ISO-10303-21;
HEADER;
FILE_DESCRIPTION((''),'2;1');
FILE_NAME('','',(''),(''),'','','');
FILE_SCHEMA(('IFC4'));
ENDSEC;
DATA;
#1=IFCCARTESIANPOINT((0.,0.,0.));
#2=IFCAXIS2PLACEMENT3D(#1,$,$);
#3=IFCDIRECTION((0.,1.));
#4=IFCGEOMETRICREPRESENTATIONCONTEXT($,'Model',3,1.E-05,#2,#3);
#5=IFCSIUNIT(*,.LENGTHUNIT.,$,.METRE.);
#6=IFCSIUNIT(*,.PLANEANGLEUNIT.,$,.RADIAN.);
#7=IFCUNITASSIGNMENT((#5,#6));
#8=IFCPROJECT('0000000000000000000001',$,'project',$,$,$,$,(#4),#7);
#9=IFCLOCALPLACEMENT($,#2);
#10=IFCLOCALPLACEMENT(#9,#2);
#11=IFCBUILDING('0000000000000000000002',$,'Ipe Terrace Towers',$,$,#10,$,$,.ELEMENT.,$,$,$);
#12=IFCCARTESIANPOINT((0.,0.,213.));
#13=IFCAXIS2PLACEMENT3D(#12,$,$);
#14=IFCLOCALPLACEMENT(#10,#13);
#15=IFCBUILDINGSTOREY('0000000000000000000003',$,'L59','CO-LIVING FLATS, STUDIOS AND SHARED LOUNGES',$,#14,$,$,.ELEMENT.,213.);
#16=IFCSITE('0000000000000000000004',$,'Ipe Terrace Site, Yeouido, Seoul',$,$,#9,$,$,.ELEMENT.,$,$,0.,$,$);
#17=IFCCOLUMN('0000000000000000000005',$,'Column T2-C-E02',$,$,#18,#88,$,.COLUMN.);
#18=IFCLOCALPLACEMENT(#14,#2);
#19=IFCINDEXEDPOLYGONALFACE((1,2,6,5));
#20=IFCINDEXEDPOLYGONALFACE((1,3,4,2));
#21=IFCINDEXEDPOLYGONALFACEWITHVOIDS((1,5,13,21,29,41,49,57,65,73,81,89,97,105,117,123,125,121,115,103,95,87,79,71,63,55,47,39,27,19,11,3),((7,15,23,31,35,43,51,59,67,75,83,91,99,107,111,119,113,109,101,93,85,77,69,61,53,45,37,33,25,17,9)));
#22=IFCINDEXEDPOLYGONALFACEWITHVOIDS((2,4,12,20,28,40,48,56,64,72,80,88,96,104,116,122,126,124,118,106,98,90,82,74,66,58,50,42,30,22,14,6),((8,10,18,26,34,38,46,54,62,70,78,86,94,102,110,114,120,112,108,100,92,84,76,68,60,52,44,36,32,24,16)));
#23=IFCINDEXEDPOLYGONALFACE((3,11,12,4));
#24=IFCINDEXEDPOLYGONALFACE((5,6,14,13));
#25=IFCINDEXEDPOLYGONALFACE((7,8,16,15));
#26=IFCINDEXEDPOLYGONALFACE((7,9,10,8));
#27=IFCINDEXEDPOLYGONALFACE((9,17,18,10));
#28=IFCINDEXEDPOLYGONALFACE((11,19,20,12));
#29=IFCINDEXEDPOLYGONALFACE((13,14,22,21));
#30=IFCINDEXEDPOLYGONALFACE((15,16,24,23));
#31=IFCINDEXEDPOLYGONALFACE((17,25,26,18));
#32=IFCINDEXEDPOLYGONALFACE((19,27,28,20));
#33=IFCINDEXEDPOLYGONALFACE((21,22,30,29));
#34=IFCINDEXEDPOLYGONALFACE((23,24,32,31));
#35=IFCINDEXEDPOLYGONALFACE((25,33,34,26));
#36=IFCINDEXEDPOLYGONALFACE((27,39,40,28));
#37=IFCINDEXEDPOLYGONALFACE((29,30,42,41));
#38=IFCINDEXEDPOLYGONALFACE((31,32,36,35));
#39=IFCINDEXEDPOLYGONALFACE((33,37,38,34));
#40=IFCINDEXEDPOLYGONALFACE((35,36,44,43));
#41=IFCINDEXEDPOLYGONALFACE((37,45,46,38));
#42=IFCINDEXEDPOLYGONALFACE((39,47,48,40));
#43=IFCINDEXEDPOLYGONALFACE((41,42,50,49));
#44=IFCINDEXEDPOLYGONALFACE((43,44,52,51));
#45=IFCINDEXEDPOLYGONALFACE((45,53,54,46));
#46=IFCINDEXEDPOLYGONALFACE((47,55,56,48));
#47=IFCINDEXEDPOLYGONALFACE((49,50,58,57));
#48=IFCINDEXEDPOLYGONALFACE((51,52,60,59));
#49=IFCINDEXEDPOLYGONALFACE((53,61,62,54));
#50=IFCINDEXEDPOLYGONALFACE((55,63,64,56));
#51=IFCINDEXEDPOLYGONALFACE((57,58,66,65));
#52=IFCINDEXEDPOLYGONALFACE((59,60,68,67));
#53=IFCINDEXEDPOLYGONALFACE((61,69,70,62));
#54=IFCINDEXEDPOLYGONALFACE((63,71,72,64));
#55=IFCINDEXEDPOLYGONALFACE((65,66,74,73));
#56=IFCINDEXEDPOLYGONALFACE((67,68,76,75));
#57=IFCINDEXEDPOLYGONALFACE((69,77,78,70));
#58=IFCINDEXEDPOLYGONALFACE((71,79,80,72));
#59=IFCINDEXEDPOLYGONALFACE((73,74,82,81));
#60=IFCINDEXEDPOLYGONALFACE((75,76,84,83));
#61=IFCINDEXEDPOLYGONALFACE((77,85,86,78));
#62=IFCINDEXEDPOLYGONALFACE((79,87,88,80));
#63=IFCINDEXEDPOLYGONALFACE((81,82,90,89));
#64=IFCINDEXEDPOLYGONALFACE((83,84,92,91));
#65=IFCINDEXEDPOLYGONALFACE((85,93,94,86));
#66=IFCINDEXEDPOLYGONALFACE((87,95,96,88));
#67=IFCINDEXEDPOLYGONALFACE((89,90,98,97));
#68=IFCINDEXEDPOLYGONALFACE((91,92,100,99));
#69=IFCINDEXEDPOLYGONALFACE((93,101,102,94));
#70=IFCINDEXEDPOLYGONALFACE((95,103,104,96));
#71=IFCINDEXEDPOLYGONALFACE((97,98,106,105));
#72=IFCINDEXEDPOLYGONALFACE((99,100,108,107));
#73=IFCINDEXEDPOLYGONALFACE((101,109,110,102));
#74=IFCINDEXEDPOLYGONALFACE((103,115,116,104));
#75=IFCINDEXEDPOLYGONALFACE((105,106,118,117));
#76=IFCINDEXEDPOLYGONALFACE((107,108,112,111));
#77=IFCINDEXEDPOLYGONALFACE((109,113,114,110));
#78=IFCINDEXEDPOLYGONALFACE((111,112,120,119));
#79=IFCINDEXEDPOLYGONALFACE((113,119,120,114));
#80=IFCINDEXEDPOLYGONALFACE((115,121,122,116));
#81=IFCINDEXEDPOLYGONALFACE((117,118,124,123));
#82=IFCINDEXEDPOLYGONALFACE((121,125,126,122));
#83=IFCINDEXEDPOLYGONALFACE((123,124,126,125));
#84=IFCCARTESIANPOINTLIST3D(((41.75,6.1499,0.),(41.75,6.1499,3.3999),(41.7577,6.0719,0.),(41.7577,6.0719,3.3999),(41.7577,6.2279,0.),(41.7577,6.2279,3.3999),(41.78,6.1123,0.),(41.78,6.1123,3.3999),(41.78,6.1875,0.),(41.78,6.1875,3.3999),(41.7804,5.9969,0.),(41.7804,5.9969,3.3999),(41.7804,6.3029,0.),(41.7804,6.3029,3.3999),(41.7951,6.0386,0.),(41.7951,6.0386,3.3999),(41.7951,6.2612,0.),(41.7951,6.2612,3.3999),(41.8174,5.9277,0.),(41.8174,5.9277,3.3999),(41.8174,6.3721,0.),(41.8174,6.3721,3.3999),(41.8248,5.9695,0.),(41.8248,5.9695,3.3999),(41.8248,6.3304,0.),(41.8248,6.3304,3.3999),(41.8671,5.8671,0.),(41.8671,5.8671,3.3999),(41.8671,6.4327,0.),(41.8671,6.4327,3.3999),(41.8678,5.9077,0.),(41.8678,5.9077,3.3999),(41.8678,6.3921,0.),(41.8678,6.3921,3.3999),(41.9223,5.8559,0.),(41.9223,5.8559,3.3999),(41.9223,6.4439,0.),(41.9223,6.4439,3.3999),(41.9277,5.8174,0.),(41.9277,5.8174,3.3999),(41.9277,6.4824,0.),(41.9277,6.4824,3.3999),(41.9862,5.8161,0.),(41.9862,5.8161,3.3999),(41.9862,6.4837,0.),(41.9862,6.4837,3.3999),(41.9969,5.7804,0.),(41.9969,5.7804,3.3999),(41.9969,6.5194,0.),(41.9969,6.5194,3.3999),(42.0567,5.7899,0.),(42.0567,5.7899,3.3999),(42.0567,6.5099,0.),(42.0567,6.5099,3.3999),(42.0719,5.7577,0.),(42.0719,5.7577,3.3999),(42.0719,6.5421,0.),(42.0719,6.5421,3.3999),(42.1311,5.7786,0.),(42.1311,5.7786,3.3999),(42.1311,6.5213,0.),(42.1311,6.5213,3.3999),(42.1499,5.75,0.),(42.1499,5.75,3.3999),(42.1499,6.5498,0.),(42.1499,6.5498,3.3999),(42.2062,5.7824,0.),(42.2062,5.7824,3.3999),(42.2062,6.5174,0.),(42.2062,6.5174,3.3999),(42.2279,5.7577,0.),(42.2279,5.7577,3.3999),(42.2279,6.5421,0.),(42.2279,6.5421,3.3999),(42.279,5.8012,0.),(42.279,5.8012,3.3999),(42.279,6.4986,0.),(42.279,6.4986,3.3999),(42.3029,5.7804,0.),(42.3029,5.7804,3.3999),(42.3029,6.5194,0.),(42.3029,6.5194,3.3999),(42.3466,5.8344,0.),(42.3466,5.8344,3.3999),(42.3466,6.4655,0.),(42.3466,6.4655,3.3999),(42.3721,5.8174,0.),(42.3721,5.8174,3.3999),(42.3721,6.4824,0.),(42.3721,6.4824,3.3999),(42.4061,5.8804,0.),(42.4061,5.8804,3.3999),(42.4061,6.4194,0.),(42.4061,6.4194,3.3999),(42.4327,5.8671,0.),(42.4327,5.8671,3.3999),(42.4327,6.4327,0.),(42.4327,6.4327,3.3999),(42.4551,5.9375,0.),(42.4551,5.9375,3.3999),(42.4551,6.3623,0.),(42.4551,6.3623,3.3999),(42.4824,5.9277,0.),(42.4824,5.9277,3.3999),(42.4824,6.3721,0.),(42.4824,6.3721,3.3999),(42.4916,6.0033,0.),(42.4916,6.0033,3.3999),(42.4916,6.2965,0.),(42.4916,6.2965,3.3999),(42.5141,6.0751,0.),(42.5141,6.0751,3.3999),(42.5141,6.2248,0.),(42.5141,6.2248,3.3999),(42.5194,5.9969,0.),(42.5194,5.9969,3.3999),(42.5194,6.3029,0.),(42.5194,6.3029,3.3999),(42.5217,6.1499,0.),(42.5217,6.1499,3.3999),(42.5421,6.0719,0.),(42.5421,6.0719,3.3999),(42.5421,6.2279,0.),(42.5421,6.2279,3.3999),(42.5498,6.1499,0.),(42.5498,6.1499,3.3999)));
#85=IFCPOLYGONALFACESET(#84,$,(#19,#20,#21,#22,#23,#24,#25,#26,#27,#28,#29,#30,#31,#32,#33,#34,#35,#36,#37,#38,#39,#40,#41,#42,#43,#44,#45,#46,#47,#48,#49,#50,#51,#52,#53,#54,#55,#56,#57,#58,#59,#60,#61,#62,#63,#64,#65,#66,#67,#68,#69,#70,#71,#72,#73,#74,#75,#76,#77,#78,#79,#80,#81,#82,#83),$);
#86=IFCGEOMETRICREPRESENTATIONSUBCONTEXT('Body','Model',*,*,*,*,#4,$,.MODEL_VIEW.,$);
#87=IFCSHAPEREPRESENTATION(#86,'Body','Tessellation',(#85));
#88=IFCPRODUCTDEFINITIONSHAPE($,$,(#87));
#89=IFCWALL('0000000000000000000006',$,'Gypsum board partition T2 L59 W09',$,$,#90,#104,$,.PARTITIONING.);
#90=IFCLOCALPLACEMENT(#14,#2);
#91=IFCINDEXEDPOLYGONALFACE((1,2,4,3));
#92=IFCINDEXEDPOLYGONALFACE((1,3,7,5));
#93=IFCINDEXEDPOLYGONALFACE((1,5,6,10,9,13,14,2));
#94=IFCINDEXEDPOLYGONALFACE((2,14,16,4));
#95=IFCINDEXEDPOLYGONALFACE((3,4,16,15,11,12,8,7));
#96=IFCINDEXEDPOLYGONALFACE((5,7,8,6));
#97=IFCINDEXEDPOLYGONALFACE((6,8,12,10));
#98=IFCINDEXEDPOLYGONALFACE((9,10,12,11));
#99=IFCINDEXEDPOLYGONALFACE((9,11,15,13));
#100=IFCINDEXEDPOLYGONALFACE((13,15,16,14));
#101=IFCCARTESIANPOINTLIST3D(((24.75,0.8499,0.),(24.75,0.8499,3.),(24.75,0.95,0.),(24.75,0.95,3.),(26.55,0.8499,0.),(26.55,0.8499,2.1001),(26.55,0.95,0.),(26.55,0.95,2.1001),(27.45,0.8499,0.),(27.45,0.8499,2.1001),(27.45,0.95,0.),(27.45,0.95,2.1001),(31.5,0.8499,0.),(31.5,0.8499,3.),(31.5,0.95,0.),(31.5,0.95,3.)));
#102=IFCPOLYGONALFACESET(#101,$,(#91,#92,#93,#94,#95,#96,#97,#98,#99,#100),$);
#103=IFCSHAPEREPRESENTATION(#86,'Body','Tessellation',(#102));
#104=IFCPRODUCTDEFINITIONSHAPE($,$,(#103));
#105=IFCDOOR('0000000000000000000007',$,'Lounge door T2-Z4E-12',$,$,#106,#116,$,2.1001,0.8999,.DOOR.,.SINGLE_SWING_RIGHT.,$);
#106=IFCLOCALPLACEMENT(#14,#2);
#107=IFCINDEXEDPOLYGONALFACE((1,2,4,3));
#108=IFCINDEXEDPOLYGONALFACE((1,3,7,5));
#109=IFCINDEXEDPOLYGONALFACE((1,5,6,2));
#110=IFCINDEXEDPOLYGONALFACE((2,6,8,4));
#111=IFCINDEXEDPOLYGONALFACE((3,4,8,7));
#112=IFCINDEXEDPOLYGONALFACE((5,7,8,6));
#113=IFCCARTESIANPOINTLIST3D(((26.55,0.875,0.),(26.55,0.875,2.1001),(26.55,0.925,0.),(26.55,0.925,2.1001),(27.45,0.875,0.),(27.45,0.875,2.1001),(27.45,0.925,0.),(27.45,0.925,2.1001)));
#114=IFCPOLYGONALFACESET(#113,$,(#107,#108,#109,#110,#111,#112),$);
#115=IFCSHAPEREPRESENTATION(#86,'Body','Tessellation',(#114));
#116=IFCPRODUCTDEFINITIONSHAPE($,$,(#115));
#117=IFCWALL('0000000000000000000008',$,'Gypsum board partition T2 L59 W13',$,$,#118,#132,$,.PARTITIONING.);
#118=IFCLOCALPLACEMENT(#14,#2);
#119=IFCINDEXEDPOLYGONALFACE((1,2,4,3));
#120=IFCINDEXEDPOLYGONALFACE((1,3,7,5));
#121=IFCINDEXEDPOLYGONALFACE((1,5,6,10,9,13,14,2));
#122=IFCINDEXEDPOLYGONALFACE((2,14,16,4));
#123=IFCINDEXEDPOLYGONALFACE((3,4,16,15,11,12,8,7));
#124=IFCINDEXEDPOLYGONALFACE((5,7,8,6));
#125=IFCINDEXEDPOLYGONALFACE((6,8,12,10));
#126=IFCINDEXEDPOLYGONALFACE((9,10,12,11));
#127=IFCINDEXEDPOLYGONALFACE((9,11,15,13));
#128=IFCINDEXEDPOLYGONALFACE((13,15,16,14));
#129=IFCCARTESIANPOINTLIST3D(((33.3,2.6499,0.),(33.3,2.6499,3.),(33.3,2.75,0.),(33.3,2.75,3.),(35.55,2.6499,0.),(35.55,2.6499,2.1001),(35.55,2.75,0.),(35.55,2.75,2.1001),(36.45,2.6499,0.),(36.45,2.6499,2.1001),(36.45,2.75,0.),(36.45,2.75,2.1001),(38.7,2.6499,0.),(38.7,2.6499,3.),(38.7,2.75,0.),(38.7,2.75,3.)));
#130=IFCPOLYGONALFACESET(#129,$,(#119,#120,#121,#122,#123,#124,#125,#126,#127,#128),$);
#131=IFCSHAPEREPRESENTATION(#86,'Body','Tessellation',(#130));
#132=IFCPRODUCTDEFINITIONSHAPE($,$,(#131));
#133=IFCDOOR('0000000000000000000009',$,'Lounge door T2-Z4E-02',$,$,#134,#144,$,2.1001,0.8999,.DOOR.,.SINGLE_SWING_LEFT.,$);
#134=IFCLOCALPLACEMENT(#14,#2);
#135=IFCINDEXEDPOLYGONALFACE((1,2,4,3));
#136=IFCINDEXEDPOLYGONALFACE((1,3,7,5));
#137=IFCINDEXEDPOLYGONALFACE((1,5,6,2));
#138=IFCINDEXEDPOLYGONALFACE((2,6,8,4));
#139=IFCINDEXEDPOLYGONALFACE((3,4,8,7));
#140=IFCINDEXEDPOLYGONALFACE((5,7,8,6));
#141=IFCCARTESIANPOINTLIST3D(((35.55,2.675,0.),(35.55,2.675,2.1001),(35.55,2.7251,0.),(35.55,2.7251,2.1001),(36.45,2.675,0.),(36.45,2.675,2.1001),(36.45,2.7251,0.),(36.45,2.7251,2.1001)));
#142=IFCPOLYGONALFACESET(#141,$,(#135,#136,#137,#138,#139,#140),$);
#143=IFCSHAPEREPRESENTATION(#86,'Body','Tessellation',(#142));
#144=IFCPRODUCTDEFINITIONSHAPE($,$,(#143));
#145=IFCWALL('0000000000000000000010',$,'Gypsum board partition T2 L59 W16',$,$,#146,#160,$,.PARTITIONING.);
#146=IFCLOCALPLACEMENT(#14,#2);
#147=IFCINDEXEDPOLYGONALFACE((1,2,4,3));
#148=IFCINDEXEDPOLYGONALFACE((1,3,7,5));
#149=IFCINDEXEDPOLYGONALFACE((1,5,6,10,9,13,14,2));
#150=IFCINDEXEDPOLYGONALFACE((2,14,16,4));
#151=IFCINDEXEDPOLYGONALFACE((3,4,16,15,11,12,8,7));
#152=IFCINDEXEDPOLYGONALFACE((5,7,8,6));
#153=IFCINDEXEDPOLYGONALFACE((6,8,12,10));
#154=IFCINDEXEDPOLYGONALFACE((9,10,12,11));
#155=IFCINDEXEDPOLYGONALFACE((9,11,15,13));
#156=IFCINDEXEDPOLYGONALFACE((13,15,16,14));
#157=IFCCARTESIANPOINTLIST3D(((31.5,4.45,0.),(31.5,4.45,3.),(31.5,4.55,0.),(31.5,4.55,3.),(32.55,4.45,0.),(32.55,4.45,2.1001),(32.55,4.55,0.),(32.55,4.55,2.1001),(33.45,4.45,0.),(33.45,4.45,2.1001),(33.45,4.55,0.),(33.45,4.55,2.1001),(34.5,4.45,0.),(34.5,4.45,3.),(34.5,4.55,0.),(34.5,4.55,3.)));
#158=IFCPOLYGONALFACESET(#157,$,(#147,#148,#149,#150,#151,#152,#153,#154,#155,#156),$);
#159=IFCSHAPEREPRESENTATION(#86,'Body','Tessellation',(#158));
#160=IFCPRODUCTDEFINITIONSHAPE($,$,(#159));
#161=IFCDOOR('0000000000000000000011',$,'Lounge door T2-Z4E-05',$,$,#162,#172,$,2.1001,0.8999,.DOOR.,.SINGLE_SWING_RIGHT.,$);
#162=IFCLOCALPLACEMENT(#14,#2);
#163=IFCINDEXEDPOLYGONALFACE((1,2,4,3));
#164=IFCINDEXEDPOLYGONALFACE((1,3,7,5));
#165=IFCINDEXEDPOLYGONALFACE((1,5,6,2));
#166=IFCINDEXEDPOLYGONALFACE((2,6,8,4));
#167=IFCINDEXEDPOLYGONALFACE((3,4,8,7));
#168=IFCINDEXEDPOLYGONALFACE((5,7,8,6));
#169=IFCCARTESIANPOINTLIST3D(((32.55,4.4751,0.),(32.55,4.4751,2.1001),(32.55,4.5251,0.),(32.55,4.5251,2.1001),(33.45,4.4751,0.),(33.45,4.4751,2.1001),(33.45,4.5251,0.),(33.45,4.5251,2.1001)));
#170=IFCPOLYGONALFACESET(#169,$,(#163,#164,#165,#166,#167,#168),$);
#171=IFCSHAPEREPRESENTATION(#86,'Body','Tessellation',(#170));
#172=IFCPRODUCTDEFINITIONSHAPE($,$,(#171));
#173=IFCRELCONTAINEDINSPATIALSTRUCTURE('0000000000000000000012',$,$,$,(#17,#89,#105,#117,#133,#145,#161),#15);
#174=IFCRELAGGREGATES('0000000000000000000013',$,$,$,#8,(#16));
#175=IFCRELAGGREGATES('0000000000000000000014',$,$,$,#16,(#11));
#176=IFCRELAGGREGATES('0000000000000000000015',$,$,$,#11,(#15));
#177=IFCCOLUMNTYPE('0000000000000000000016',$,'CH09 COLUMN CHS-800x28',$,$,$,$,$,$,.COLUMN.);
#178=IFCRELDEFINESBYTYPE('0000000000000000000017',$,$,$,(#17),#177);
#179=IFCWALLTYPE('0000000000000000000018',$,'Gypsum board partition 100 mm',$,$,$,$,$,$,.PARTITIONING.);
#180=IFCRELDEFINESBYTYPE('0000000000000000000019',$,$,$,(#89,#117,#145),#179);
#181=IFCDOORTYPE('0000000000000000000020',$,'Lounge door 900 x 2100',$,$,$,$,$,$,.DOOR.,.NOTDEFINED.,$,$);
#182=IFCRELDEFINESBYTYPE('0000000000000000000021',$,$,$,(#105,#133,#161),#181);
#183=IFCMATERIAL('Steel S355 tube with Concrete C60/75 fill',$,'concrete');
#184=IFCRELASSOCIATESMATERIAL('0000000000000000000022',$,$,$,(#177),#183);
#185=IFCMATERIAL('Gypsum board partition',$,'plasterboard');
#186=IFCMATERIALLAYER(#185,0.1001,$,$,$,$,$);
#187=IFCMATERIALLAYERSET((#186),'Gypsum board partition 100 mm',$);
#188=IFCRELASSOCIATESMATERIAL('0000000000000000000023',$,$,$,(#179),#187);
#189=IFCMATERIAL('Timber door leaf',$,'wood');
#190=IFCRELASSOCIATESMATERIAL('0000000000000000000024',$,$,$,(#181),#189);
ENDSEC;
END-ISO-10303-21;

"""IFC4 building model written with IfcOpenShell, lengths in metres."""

from ifc_helpers import new_model, si_unit, direction, frame, frame_2d, origin, origin_2d, place, context, subcontext, project, spatial, rectangle, hollow_circle, extrude, material, layer, layer_set, material_profile, profile_set, type_object, element, fill, save


model = new_model("IFC4")

# Units and contexts
model_context = context("Model", 3, precision=1e-05, world=origin(), true_north=direction((0.0, 1.0)))
body_context = subcontext(model_context, "Body", "Model", "MODEL_VIEW")
ifc_project = project(units=[si_unit("LENGTHUNIT", "METRE"), si_unit("PLANEANGLEUNIT", "RADIAN")], contexts=[model_context])

# Site, building, storey
site_placement = place(None, origin())
site = spatial("IfcSite", under=ifc_project, at=site_placement, Name="Ipe Terrace Site, Yeouido, Seoul", CompositionType="ELEMENT", RefElevation=0.0)
building_placement = place(site_placement, origin())
building = spatial("IfcBuilding", under=site, at=building_placement, Name="Ipe Terrace Towers", CompositionType="ELEMENT")
storey_placement = place(building_placement, frame((0.0, 0.0, 213.0)))
storey = spatial("IfcBuildingStorey", under=building, at=storey_placement, Name="L59", Description="CO-LIVING FLATS, STUDIOS AND SHARED LOUNGES", CompositionType="ELEMENT", Elevation=213.0)

# Column
ifc_material_1 = material(Name="Steel S355 tube with Concrete C60/75 fill", Category="concrete")
ifc_material_profile = material_profile(ifc_material_1, hollow_circle(Radius=0.3999, WallThickness=0.0281, at=origin_2d()), Name="CHS-800x28")
ifc_profile_set = profile_set([ifc_material_profile], Name="Steel S355 tube with Concrete C60/75 fill")
column_type = type_object("IfcColumnType", Name="CH09 COLUMN CHS-800x28", PredefinedType="COLUMN", material=ifc_profile_set)
column_placement = place(storey_placement, frame((42.1499, 6.1499, 0.0), z_axis=(0.0, 0.0, 1.0), x_axis=(1.0, 0.0, 0.0)))
element("IfcColumn", 1, at=column_placement, inside=storey, type_object=column_type, Name="Column T2-C-E02", PredefinedType="COLUMN", context=body_context, shape_type="SweptSolid", body=[
    extrude(hollow_circle(Radius=0.3999, WallThickness=0.0281, at=origin_2d()), origin(), (0.0, 0.0, 1.0), 3.3999),
])

# Walls, openings, doors
ifc_material_2 = material(Name="Gypsum board partition", Category="plasterboard")
ifc_layer_1 = layer(ifc_material_2, 0.1001)
ifc_layer_set_1 = layer_set([ifc_layer_1], Name="Gypsum board partition 100 mm")
wall_type_1 = type_object("IfcWallType", Name="Gypsum board partition 100 mm", PredefinedType="PARTITIONING", material=ifc_layer_set_1)
wall_1_placement = place(storey_placement, frame((31.5, 0.8999, 0.0), z_axis=(0.0, 0.0, 1.0), x_axis=(-1.0, 0.0, 0.0)))
wall_1 = element("IfcWall", 2, at=wall_1_placement, inside=storey, type_object=wall_type_1, Name="Gypsum board partition T2 L59 W09", PredefinedType="PARTITIONING", context=body_context, shape_type="SweptSolid", body=[
    extrude(rectangle(XDim=6.75, YDim=0.1001, at=frame_2d((3.375, 0.0))), origin(), (0.0, 0.0, 1.0), 3.0),
])
opening_1_placement = place(wall_1_placement, frame((4.05, 0.0, 0.0)))
opening_1 = element("IfcOpeningElement", 3, at=opening_1_placement, cuts=wall_1, PredefinedType="OPENING", context=body_context, shape_type="SweptSolid", body=[
    extrude(rectangle(XDim=0.8999, YDim=2.1001, at=frame_2d((0.45, 1.05))), frame((0.0, 0.0601, 0.0), z_axis=(0.0, -1.0, 0.0), x_axis=(1.0, 0.0, 0.0)), (0.0, 0.0, 1.0), 0.1201),
])
ifc_material_3 = material(Name="Timber door leaf", Category="wood")
door_type_1 = type_object("IfcDoorType", Name="Lounge door 900 x 2100", OperationType="NOTDEFINED", PredefinedType="DOOR", material=ifc_material_3)
door_1_placement = place(opening_1_placement, origin())
door_1 = element("IfcDoor", 4, at=door_1_placement, inside=storey, type_object=door_type_1, Name="Lounge door T2-Z4E-12", OperationType="SINGLE_SWING_RIGHT", OverallHeight=2.1001, OverallWidth=0.8999, PredefinedType="DOOR", context=body_context, shape_type="SweptSolid", body=[
    extrude(rectangle(XDim=0.8999, YDim=2.1001, at=frame_2d((0.45, 1.05))), frame((0.0, 0.0249, 0.0), z_axis=(0.0, -1.0, 0.0), x_axis=(1.0, 0.0, 0.0)), (0.0, 0.0, 1.0), 0.05),
])
fill(opening_1, door_1)
wall_2_placement = place(storey_placement, frame((38.7, 2.7, 0.0), z_axis=(0.0, 0.0, 1.0), x_axis=(-1.0, 0.0, 0.0)))
wall_2 = element("IfcWall", 5, at=wall_2_placement, inside=storey, type_object=wall_type_1, Name="Gypsum board partition T2 L59 W13", PredefinedType="PARTITIONING", context=body_context, shape_type="SweptSolid", body=[
    extrude(rectangle(XDim=5.3999, YDim=0.1001, at=frame_2d((2.7, 0.0))), origin(), (0.0, 0.0, 1.0), 3.0),
])
opening_2_placement = place(wall_2_placement, frame((2.25, 0.0, 0.0)))
opening_2 = element("IfcOpeningElement", 6, at=opening_2_placement, cuts=wall_2, PredefinedType="OPENING", context=body_context, shape_type="SweptSolid", body=[
    extrude(rectangle(XDim=0.8999, YDim=2.1001, at=frame_2d((0.45, 1.05))), frame((0.0, 0.0601, 0.0), z_axis=(0.0, -1.0, 0.0), x_axis=(1.0, 0.0, 0.0)), (0.0, 0.0, 1.0), 0.1201),
])
door_2_placement = place(opening_2_placement, origin())
door_2 = element("IfcDoor", 7, at=door_2_placement, inside=storey, type_object=door_type_1, Name="Lounge door T2-Z4E-02", OperationType="SINGLE_SWING_LEFT", OverallHeight=2.1001, OverallWidth=0.8999, PredefinedType="DOOR", context=body_context, shape_type="SweptSolid", body=[
    extrude(rectangle(XDim=0.8999, YDim=2.1001, at=frame_2d((0.45, 1.05))), frame((0.0, 0.0249, 0.0), z_axis=(0.0, -1.0, 0.0), x_axis=(1.0, 0.0, 0.0)), (0.0, 0.0, 1.0), 0.05),
])
fill(opening_2, door_2)
wall_3_placement = place(storey_placement, frame((34.5, 4.5, 0.0), z_axis=(0.0, 0.0, 1.0), x_axis=(-1.0, 0.0, 0.0)))
wall_3 = element("IfcWall", 8, at=wall_3_placement, inside=storey, type_object=wall_type_1, Name="Gypsum board partition T2 L59 W16", PredefinedType="PARTITIONING", context=body_context, shape_type="SweptSolid", body=[
    extrude(rectangle(XDim=3.0, YDim=0.1001, at=frame_2d((1.5, 0.0))), origin(), (0.0, 0.0, 1.0), 3.0),
])
opening_3_placement = place(wall_3_placement, frame((1.05, 0.0, 0.0)))
opening_3 = element("IfcOpeningElement", 9, at=opening_3_placement, cuts=wall_3, PredefinedType="OPENING", context=body_context, shape_type="SweptSolid", body=[
    extrude(rectangle(XDim=0.8999, YDim=2.1001, at=frame_2d((0.45, 1.05))), frame((0.0, 0.0601, 0.0), z_axis=(0.0, -1.0, 0.0), x_axis=(1.0, 0.0, 0.0)), (0.0, 0.0, 1.0), 0.1201),
])
door_3_placement = place(opening_3_placement, origin())
door_3 = element("IfcDoor", 10, at=door_3_placement, inside=storey, type_object=door_type_1, Name="Lounge door T2-Z4E-05", OperationType="SINGLE_SWING_RIGHT", OverallHeight=2.1001, OverallWidth=0.8999, PredefinedType="DOOR", context=body_context, shape_type="SweptSolid", body=[
    extrude(rectangle(XDim=0.8999, YDim=2.1001, at=frame_2d((0.45, 1.05))), frame((0.0, 0.0249, 0.0), z_axis=(0.0, -1.0, 0.0), x_axis=(1.0, 0.0, 0.0)), (0.0, 0.0, 1.0), 0.05),
])
fill(opening_3, door_3)

save(model, "model.ifc")
